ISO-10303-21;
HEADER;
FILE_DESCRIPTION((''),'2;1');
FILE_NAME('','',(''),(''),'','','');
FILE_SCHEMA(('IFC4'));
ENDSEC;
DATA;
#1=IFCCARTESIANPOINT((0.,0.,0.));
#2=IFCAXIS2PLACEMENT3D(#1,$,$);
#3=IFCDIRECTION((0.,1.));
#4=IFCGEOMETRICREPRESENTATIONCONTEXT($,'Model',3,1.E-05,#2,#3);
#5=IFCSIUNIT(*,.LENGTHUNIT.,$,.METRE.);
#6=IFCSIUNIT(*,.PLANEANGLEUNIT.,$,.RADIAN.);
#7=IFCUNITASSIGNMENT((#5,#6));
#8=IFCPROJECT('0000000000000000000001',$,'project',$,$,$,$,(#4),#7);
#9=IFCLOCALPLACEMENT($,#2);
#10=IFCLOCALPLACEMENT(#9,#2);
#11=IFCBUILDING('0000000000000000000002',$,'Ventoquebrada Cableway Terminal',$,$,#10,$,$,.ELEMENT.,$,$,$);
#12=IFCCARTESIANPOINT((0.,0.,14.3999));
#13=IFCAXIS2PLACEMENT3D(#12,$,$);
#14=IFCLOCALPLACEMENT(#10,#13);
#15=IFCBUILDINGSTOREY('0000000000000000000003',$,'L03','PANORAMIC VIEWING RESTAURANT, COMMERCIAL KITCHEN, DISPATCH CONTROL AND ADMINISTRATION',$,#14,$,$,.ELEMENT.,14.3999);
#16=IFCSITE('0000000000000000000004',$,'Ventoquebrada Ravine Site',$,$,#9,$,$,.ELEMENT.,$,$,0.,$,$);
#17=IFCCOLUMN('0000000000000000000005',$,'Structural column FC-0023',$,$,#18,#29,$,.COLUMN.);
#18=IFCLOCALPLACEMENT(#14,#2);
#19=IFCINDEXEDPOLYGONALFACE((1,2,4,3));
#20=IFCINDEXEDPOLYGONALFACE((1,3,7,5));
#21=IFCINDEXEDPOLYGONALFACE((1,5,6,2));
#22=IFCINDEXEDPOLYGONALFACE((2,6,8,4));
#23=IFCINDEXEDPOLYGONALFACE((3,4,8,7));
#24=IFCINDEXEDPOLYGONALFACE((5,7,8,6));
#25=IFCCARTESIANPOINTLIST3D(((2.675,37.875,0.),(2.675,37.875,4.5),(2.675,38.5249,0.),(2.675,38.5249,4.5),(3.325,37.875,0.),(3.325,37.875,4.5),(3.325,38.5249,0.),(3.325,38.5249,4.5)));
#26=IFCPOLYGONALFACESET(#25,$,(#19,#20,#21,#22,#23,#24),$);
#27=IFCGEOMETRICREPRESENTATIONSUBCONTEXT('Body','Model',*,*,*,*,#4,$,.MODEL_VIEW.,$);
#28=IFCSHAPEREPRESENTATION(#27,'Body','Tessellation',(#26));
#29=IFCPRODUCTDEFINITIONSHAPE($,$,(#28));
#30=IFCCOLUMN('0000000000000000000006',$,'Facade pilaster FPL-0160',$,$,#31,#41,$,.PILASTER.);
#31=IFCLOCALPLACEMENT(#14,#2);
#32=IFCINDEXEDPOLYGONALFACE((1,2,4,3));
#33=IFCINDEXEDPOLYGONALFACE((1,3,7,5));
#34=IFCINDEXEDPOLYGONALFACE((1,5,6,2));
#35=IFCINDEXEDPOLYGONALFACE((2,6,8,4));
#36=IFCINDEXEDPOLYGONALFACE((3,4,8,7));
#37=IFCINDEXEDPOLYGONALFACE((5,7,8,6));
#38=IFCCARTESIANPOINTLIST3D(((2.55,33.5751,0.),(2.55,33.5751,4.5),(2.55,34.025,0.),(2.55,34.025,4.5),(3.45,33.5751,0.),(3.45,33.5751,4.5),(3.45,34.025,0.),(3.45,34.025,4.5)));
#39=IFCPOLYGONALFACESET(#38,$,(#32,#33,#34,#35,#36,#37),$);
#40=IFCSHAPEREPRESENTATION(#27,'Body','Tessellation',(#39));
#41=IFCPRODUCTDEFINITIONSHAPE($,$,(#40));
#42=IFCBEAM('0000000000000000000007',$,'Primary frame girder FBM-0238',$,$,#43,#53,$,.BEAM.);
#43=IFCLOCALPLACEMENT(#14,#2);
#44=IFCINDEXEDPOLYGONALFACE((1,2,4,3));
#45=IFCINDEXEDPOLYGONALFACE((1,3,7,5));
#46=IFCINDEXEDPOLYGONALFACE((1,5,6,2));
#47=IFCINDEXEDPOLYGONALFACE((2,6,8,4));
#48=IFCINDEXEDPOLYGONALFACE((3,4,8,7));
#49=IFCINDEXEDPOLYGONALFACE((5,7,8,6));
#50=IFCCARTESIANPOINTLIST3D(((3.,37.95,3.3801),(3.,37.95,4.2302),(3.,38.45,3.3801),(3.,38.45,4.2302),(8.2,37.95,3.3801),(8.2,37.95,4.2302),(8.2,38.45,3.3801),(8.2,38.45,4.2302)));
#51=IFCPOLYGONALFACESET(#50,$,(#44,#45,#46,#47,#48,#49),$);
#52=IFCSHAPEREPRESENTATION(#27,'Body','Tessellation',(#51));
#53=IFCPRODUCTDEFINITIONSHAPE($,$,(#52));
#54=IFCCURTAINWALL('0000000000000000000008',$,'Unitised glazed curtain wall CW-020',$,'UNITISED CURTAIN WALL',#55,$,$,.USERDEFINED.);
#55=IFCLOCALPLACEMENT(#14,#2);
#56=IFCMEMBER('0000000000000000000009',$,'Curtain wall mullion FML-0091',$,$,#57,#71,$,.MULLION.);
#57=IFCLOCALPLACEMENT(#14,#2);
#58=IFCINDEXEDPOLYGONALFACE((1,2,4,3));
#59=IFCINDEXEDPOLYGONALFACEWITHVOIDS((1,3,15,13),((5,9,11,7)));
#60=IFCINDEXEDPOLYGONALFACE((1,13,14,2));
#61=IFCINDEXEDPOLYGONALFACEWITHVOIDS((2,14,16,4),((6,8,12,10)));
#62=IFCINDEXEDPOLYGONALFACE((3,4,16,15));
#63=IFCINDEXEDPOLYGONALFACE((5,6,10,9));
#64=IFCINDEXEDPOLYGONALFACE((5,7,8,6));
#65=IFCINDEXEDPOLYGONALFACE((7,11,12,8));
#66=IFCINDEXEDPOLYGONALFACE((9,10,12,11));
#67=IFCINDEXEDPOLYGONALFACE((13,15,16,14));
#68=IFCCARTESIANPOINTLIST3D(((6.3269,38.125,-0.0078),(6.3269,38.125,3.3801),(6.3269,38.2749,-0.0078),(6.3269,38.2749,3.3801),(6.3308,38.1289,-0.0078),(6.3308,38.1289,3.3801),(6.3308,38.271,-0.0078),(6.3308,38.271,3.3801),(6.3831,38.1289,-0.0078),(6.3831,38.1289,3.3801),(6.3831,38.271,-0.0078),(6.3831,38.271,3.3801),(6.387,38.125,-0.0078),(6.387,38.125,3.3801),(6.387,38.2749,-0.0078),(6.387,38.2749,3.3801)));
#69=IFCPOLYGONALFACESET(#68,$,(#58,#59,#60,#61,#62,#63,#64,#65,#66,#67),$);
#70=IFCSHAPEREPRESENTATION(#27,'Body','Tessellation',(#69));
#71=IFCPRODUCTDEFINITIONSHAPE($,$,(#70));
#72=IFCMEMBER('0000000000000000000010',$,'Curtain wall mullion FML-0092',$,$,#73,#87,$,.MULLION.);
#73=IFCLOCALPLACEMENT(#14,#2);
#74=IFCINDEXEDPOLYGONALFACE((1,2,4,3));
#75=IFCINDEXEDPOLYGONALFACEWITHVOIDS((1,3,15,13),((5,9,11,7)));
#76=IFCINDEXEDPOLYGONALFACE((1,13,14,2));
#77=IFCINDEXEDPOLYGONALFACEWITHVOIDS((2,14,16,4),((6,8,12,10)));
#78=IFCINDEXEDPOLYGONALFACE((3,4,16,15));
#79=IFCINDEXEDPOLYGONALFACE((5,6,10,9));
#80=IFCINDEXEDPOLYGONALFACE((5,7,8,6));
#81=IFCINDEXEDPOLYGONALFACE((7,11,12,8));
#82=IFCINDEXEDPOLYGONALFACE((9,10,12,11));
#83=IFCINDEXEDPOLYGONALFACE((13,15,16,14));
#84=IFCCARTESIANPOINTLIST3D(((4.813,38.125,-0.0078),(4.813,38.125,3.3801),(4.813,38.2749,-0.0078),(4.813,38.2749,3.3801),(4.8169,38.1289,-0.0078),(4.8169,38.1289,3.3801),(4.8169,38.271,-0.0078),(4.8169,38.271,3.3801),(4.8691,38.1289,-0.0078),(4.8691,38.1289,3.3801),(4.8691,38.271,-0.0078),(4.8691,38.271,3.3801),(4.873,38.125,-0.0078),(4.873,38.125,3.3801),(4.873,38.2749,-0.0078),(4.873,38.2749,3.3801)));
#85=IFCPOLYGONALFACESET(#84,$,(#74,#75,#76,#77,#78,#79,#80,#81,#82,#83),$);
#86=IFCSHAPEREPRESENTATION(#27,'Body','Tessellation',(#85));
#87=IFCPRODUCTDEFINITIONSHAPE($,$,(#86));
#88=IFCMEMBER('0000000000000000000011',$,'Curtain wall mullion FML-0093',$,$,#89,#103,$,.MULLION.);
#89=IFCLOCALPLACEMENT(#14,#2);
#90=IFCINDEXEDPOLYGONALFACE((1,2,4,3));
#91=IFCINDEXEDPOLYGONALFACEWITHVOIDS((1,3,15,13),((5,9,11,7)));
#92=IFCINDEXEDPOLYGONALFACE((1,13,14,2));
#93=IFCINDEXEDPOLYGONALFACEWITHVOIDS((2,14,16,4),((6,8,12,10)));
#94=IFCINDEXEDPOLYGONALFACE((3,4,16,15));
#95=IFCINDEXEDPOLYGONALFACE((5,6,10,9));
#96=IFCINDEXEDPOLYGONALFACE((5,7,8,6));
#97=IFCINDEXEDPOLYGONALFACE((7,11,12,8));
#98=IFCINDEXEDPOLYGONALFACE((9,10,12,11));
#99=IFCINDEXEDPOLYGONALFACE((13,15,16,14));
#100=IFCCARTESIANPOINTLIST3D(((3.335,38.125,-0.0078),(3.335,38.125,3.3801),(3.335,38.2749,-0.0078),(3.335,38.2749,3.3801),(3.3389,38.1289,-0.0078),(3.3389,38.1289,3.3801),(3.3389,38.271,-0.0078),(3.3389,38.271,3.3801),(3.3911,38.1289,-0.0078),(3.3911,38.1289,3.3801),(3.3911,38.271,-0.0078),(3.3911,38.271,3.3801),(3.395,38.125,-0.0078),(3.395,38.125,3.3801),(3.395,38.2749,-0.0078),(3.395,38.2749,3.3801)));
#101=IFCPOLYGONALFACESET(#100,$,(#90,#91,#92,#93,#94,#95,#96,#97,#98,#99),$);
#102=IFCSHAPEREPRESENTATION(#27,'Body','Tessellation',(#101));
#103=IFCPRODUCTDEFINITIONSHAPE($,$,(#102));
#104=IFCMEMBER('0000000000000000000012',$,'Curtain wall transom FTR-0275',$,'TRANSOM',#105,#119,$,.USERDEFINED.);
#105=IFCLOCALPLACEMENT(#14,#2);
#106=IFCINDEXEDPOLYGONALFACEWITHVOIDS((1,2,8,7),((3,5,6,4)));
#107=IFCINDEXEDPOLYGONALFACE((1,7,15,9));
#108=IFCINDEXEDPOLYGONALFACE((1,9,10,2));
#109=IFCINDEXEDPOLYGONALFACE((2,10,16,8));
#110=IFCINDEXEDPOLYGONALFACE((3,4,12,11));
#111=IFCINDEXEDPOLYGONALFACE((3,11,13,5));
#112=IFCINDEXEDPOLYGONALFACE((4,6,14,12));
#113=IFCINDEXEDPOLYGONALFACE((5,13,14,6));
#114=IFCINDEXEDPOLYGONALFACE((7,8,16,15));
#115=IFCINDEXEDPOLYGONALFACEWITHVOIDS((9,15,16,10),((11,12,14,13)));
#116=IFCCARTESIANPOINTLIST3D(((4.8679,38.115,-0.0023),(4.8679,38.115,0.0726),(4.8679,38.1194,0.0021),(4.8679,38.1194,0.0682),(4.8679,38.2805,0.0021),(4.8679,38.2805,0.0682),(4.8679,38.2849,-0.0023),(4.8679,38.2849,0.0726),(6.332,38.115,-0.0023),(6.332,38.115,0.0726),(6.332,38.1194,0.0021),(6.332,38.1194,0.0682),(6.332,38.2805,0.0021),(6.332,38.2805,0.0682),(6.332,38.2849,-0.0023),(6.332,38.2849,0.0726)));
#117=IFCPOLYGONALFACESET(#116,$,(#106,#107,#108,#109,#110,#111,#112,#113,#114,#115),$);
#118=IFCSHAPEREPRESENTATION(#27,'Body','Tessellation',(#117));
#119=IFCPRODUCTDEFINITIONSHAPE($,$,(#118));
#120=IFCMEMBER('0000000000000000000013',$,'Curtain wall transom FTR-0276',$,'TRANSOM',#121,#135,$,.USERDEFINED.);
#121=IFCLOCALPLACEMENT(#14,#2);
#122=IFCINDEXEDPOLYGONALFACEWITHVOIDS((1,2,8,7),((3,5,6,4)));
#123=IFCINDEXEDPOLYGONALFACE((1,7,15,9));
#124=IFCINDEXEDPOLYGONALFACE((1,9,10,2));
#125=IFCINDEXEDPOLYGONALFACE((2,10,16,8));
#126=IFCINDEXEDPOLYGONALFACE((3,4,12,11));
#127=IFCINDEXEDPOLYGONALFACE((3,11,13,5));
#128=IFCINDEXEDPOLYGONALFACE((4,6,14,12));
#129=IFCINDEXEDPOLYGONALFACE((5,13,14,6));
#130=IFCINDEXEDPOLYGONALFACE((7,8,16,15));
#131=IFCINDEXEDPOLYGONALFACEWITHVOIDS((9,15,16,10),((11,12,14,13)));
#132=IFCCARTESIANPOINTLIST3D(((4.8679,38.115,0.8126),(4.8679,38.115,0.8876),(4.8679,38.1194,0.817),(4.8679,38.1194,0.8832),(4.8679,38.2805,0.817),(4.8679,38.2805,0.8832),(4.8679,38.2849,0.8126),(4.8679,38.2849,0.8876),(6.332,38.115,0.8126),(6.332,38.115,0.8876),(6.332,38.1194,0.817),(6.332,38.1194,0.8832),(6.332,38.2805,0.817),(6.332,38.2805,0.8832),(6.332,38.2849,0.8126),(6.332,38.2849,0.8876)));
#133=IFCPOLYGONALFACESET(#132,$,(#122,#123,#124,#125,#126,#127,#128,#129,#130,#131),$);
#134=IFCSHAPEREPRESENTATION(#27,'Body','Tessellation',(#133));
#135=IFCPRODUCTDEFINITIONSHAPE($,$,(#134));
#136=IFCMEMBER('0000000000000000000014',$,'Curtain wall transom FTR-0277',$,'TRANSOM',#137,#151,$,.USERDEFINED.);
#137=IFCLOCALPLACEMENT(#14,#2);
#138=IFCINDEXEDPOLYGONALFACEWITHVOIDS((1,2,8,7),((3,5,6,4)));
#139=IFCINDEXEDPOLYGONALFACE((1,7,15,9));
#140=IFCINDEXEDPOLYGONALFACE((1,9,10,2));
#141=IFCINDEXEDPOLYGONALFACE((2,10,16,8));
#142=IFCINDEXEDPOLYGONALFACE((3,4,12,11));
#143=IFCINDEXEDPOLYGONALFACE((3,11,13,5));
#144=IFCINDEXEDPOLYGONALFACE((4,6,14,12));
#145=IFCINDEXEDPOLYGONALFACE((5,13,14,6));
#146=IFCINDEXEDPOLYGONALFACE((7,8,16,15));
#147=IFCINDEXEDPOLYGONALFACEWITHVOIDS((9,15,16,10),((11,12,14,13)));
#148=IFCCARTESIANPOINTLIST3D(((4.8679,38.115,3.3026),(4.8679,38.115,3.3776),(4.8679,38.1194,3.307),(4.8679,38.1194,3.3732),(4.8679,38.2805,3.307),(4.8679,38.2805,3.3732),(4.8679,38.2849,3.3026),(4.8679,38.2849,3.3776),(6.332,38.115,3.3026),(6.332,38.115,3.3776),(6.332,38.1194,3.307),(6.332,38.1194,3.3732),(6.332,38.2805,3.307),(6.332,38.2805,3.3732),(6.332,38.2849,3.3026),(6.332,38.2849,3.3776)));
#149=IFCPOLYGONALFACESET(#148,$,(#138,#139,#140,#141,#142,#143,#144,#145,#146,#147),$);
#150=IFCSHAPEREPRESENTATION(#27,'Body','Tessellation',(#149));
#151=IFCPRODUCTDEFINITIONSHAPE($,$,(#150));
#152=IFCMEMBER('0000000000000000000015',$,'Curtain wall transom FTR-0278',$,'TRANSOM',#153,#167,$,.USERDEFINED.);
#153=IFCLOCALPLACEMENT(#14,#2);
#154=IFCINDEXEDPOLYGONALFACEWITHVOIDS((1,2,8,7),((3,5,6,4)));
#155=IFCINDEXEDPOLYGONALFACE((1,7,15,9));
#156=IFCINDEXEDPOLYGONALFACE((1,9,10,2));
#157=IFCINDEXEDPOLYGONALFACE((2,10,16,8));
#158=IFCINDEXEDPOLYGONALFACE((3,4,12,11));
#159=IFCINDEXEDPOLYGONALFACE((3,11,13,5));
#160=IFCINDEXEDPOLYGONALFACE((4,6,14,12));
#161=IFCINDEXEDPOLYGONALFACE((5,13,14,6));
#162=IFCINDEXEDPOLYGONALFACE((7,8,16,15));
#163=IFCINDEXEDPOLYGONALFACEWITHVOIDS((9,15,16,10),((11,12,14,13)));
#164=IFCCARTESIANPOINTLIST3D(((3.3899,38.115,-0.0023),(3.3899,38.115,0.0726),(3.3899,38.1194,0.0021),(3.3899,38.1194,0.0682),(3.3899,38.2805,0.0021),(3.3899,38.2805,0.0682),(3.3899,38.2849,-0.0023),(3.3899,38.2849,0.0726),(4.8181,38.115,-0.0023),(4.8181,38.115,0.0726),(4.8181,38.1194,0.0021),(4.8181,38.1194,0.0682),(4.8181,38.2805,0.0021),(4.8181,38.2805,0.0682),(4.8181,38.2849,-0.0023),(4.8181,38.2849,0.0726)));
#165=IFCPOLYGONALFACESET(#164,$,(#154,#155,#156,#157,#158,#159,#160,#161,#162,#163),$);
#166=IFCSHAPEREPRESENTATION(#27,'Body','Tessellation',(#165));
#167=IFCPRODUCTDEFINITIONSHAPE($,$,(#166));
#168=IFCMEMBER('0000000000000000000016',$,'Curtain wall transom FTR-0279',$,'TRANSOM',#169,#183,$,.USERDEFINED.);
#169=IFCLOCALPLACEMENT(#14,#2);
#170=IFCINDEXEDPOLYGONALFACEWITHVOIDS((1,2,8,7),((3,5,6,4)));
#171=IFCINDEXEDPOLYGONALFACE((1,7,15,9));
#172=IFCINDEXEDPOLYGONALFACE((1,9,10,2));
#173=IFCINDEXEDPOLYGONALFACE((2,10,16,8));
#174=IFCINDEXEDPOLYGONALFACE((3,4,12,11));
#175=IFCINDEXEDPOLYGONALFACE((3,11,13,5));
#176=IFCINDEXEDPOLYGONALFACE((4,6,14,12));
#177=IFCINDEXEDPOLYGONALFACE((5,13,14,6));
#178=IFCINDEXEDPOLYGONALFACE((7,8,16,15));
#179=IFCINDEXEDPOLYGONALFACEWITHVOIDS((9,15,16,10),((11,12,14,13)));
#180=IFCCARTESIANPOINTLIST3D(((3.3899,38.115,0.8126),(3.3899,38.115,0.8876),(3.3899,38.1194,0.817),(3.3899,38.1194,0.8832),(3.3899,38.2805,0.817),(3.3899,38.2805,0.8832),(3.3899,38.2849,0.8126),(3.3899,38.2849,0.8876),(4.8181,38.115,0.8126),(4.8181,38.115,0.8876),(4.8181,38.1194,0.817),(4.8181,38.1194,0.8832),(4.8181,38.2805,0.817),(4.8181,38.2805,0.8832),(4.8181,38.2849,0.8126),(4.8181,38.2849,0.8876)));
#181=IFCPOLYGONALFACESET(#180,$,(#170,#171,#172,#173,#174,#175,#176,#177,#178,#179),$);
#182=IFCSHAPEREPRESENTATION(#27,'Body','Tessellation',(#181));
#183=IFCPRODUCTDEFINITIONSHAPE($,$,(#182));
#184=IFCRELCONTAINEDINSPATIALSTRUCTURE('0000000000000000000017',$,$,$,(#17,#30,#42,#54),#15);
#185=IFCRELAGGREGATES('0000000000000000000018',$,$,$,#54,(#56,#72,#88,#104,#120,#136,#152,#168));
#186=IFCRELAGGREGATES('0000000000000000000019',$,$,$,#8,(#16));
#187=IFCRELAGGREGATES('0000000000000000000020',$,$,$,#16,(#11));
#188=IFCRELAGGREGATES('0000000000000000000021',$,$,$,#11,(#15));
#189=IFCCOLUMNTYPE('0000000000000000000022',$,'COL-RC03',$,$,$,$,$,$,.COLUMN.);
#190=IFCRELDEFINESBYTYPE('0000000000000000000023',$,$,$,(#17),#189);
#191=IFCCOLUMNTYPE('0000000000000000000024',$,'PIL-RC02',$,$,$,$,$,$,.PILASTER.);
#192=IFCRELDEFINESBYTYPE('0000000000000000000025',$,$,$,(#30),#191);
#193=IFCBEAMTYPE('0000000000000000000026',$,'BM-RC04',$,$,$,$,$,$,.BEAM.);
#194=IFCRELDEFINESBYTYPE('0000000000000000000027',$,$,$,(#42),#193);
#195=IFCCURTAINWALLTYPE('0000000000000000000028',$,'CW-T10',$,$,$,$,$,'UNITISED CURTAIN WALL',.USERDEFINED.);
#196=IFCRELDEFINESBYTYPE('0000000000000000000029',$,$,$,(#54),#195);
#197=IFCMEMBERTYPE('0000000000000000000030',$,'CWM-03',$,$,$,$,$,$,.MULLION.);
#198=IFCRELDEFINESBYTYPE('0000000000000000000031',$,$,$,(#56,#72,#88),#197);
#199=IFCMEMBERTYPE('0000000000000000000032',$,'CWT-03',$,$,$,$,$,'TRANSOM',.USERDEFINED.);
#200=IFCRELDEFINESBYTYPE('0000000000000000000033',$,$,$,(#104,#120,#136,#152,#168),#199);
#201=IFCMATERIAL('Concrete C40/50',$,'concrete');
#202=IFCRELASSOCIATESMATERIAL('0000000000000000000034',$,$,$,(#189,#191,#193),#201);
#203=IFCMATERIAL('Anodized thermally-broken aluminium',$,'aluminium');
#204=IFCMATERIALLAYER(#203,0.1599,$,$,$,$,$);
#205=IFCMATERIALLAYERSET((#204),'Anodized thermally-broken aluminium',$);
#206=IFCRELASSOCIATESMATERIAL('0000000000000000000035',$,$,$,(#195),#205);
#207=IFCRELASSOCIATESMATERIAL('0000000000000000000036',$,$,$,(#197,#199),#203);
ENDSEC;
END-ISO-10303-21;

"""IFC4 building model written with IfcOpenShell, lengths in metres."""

from ifc_helpers import new_model, si_unit, direction, frame, origin, origin_2d, place, context, subcontext, project, spatial, rectangle, hollow_rectangle, extrude, material, layer, layer_set, material_profile, profile_set, type_object, element, aggregate, save


model = new_model("IFC4")

# Units and contexts
model_context = context("Model", 3, precision=1e-05, world=origin(), true_north=direction((0.0, 1.0)))
body_context = subcontext(model_context, "Body", "Model", "MODEL_VIEW")
ifc_project = project(units=[si_unit("LENGTHUNIT", "METRE"), si_unit("PLANEANGLEUNIT", "RADIAN")], contexts=[model_context])

# Site, building, storey
site_placement = place(None, origin())
site = spatial("IfcSite", under=ifc_project, at=site_placement, Name="Ventoquebrada Ravine Site", CompositionType="ELEMENT", RefElevation=0.0)
building_placement = place(site_placement, origin())
building = spatial("IfcBuilding", under=site, at=building_placement, Name="Ventoquebrada Cableway Terminal", CompositionType="ELEMENT")
storey_placement = place(building_placement, frame((0.0, 0.0, 14.3999)))
storey = spatial("IfcBuildingStorey", under=building, at=storey_placement, Name="L03", Description="PANORAMIC VIEWING RESTAURANT, COMMERCIAL KITCHEN, DISPATCH CONTROL AND ADMINISTRATION", CompositionType="ELEMENT", Elevation=14.3999)

# Columns
ifc_material_1 = material(Name="Concrete C40/50", Category="concrete")
ifc_material_profile_1 = material_profile(ifc_material_1, rectangle(XDim=0.6499, YDim=0.6499, at=origin_2d()), Name="RC-COL-650X650")
ifc_profile_set_1 = profile_set([ifc_material_profile_1], Name="Concrete C40/50")
column_type_1 = type_object("IfcColumnType", Name="COL-RC03", PredefinedType="COLUMN", material=ifc_profile_set_1)
column_1_placement = place(storey_placement, frame((3.0, 38.2, 0.0), z_axis=(0.0, 0.0, 1.0), x_axis=(1.0, 0.0, 0.0)))
element("IfcColumn", 1, at=column_1_placement, inside=storey, type_object=column_type_1, Name="Structural column FC-0023", PredefinedType="COLUMN", context=body_context, shape_type="SweptSolid", body=[
    extrude(rectangle(XDim=0.6499, YDim=0.6499, at=origin_2d()), origin(), (0.0, 0.0, 1.0), 4.5),
])
ifc_material_profile_2 = material_profile(ifc_material_1, rectangle(XDim=0.45, YDim=0.8999, at=origin_2d()), Name="RC-PIL-450X900")
ifc_profile_set_2 = profile_set([ifc_material_profile_2], Name="Concrete C40/50")
column_type_2 = type_object("IfcColumnType", Name="PIL-RC02", PredefinedType="PILASTER", material=ifc_profile_set_2)
column_2_placement = place(storey_placement, frame((3.0, 33.8, 0.0), z_axis=(0.0, 0.0, 1.0), x_axis=(0.0, 1.0, 0.0)))
element("IfcColumn", 2, at=column_2_placement, inside=storey, type_object=column_type_2, Name="Facade pilaster FPL-0160", PredefinedType="PILASTER", context=body_context, shape_type="SweptSolid", body=[
    extrude(rectangle(XDim=0.45, YDim=0.8999, at=origin_2d()), origin(), (0.0, 0.0, 1.0), 4.5),
])

# Beam
ifc_material_profile_3 = material_profile(ifc_material_1, rectangle(XDim=0.5, YDim=0.8501, at=origin_2d()), Name="RC-BM-500X850")
ifc_profile_set_3 = profile_set([ifc_material_profile_3], Name="Concrete C40/50")
beam_type_1 = type_object("IfcBeamType", Name="BM-RC04", PredefinedType="BEAM", material=ifc_profile_set_3)
beam_1_placement = place(storey_placement, frame((3.0, 38.2, 3.8052), z_axis=(1.0, 0.0, 0.0), x_axis=(0.0, 1.0, 0.0)))
element("IfcBeam", 3, at=beam_1_placement, inside=storey, type_object=beam_type_1, Name="Primary frame girder FBM-0238", PredefinedType="BEAM", context=body_context, shape_type="SweptSolid", body=[
    extrude(rectangle(XDim=0.5, YDim=0.8501, at=origin_2d()), origin(), (0.0, 0.0, 1.0), 5.2),
])

# Curtain wall, members
ifc_material_2 = material(Name="Anodized thermally-broken aluminium", Category="aluminium")
ifc_layer_1 = layer(ifc_material_2, 0.1599)
ifc_layer_set_1 = layer_set([ifc_layer_1], Name="Anodized thermally-broken aluminium")
curtain_wall_type = type_object("IfcCurtainWallType", Name="CW-T10", ElementType="UNITISED CURTAIN WALL", PredefinedType="USERDEFINED", material=ifc_layer_set_1)
curtain_wall_placement = place(storey_placement, origin())
curtain_wall = element("IfcCurtainWall", 4, at=curtain_wall_placement, inside=storey, type_object=curtain_wall_type, Name="Unitised glazed curtain wall CW-020", ObjectType="UNITISED CURTAIN WALL", PredefinedType="USERDEFINED")
ifc_material_profile_4 = material_profile(ifc_material_2, hollow_rectangle(XDim=0.0601, YDim=0.1499, WallThickness=0.0039, at=origin_2d()), Name="CW-MUL-60X150")
ifc_profile_set_4 = profile_set([ifc_material_profile_4], Name="Anodized thermally-broken aluminium")
member_type_1 = type_object("IfcMemberType", Name="CWM-03", PredefinedType="MULLION", material=ifc_profile_set_4)
member_1_placement = place(storey_placement, frame((6.3569, 38.2, -0.0078), z_axis=(0.0, 0.0, 1.0), x_axis=(-1.0, 0.0, 0.0)))
member_1 = element("IfcMember", 5, at=member_1_placement, type_object=member_type_1, Name="Curtain wall mullion FML-0091", PredefinedType="MULLION", context=body_context, shape_type="SweptSolid", body=[
    extrude(hollow_rectangle(XDim=0.0601, YDim=0.1499, WallThickness=0.0039, at=origin_2d()), origin(), (0.0, 0.0, 1.0), 3.3879),
])
member_2_placement = place(storey_placement, frame((4.843, 38.2, -0.0078), z_axis=(0.0, 0.0, 1.0), x_axis=(-1.0, 0.0, 0.0)))
member_2 = element("IfcMember", 6, at=member_2_placement, type_object=member_type_1, Name="Curtain wall mullion FML-0092", PredefinedType="MULLION", context=body_context, shape_type="SweptSolid", body=[
    extrude(hollow_rectangle(XDim=0.0601, YDim=0.1499, WallThickness=0.0039, at=origin_2d()), origin(), (0.0, 0.0, 1.0), 3.3879),
])
member_3_placement = place(storey_placement, frame((3.365, 38.2, -0.0078), z_axis=(0.0, 0.0, 1.0), x_axis=(-1.0, 0.0, 0.0)))
member_3 = element("IfcMember", 7, at=member_3_placement, type_object=member_type_1, Name="Curtain wall mullion FML-0093", PredefinedType="MULLION", context=body_context, shape_type="SweptSolid", body=[
    extrude(hollow_rectangle(XDim=0.0601, YDim=0.1499, WallThickness=0.0039, at=origin_2d()), origin(), (0.0, 0.0, 1.0), 3.3879),
])
ifc_material_profile_5 = material_profile(ifc_material_2, hollow_rectangle(XDim=0.075, YDim=0.1699, WallThickness=0.0044, at=origin_2d()), Name="CW-TRN-75X170")
ifc_profile_set_5 = profile_set([ifc_material_profile_5], Name="Anodized thermally-broken aluminium")
member_type_2 = type_object("IfcMemberType", Name="CWT-03", ElementType="TRANSOM", PredefinedType="USERDEFINED", material=ifc_profile_set_5)
member_4_placement = place(storey_placement, frame((6.332, 38.2, 0.0352), z_axis=(-1.0, 0.0, 0.0), x_axis=(0.0, 0.0, 1.0)))
member_4 = element("IfcMember", 8, at=member_4_placement, type_object=member_type_2, Name="Curtain wall transom FTR-0275", ObjectType="TRANSOM", PredefinedType="USERDEFINED", context=body_context, shape_type="SweptSolid", body=[
    extrude(hollow_rectangle(XDim=0.075, YDim=0.1699, WallThickness=0.0044, at=origin_2d()), origin(), (0.0, 0.0, 1.0), 1.4641),
])
member_5_placement = place(storey_placement, frame((6.332, 38.2, 0.8501), z_axis=(-1.0, 0.0, 0.0), x_axis=(0.0, 0.0, 1.0)))
member_5 = element("IfcMember", 9, at=member_5_placement, type_object=member_type_2, Name="Curtain wall transom FTR-0276", ObjectType="TRANSOM", PredefinedType="USERDEFINED", context=body_context, shape_type="SweptSolid", body=[
    extrude(hollow_rectangle(XDim=0.075, YDim=0.1699, WallThickness=0.0044, at=origin_2d()), origin(), (0.0, 0.0, 1.0), 1.4641),
])
member_6_placement = place(storey_placement, frame((6.332, 38.2, 3.3401), z_axis=(-1.0, 0.0, 0.0), x_axis=(0.0, 0.0, 1.0)))
member_6 = element("IfcMember", 10, at=member_6_placement, type_object=member_type_2, Name="Curtain wall transom FTR-0277", ObjectType="TRANSOM", PredefinedType="USERDEFINED", context=body_context, shape_type="SweptSolid", body=[
    extrude(hollow_rectangle(XDim=0.075, YDim=0.1699, WallThickness=0.0044, at=origin_2d()), origin(), (0.0, 0.0, 1.0), 1.4641),
])
member_7_placement = place(storey_placement, frame((4.8181, 38.2, 0.0352), z_axis=(-1.0, 0.0, 0.0), x_axis=(0.0, 0.0, 1.0)))
member_7 = element("IfcMember", 11, at=member_7_placement, type_object=member_type_2, Name="Curtain wall transom FTR-0278", ObjectType="TRANSOM", PredefinedType="USERDEFINED", context=body_context, shape_type="SweptSolid", body=[
    extrude(hollow_rectangle(XDim=0.075, YDim=0.1699, WallThickness=0.0044, at=origin_2d()), origin(), (0.0, 0.0, 1.0), 1.4282),
])
member_8_placement = place(storey_placement, frame((4.8181, 38.2, 0.8501), z_axis=(-1.0, 0.0, 0.0), x_axis=(0.0, 0.0, 1.0)))
member_8 = element("IfcMember", 12, at=member_8_placement, type_object=member_type_2, Name="Curtain wall transom FTR-0279", ObjectType="TRANSOM", PredefinedType="USERDEFINED", context=body_context, shape_type="SweptSolid", body=[
    extrude(hollow_rectangle(XDim=0.075, YDim=0.1699, WallThickness=0.0044, at=origin_2d()), origin(), (0.0, 0.0, 1.0), 1.4282),
])

aggregate(curtain_wall, [member_1, member_2, member_3, member_4, member_5, member_6, member_7, member_8])

save(model, "model.ifc")
